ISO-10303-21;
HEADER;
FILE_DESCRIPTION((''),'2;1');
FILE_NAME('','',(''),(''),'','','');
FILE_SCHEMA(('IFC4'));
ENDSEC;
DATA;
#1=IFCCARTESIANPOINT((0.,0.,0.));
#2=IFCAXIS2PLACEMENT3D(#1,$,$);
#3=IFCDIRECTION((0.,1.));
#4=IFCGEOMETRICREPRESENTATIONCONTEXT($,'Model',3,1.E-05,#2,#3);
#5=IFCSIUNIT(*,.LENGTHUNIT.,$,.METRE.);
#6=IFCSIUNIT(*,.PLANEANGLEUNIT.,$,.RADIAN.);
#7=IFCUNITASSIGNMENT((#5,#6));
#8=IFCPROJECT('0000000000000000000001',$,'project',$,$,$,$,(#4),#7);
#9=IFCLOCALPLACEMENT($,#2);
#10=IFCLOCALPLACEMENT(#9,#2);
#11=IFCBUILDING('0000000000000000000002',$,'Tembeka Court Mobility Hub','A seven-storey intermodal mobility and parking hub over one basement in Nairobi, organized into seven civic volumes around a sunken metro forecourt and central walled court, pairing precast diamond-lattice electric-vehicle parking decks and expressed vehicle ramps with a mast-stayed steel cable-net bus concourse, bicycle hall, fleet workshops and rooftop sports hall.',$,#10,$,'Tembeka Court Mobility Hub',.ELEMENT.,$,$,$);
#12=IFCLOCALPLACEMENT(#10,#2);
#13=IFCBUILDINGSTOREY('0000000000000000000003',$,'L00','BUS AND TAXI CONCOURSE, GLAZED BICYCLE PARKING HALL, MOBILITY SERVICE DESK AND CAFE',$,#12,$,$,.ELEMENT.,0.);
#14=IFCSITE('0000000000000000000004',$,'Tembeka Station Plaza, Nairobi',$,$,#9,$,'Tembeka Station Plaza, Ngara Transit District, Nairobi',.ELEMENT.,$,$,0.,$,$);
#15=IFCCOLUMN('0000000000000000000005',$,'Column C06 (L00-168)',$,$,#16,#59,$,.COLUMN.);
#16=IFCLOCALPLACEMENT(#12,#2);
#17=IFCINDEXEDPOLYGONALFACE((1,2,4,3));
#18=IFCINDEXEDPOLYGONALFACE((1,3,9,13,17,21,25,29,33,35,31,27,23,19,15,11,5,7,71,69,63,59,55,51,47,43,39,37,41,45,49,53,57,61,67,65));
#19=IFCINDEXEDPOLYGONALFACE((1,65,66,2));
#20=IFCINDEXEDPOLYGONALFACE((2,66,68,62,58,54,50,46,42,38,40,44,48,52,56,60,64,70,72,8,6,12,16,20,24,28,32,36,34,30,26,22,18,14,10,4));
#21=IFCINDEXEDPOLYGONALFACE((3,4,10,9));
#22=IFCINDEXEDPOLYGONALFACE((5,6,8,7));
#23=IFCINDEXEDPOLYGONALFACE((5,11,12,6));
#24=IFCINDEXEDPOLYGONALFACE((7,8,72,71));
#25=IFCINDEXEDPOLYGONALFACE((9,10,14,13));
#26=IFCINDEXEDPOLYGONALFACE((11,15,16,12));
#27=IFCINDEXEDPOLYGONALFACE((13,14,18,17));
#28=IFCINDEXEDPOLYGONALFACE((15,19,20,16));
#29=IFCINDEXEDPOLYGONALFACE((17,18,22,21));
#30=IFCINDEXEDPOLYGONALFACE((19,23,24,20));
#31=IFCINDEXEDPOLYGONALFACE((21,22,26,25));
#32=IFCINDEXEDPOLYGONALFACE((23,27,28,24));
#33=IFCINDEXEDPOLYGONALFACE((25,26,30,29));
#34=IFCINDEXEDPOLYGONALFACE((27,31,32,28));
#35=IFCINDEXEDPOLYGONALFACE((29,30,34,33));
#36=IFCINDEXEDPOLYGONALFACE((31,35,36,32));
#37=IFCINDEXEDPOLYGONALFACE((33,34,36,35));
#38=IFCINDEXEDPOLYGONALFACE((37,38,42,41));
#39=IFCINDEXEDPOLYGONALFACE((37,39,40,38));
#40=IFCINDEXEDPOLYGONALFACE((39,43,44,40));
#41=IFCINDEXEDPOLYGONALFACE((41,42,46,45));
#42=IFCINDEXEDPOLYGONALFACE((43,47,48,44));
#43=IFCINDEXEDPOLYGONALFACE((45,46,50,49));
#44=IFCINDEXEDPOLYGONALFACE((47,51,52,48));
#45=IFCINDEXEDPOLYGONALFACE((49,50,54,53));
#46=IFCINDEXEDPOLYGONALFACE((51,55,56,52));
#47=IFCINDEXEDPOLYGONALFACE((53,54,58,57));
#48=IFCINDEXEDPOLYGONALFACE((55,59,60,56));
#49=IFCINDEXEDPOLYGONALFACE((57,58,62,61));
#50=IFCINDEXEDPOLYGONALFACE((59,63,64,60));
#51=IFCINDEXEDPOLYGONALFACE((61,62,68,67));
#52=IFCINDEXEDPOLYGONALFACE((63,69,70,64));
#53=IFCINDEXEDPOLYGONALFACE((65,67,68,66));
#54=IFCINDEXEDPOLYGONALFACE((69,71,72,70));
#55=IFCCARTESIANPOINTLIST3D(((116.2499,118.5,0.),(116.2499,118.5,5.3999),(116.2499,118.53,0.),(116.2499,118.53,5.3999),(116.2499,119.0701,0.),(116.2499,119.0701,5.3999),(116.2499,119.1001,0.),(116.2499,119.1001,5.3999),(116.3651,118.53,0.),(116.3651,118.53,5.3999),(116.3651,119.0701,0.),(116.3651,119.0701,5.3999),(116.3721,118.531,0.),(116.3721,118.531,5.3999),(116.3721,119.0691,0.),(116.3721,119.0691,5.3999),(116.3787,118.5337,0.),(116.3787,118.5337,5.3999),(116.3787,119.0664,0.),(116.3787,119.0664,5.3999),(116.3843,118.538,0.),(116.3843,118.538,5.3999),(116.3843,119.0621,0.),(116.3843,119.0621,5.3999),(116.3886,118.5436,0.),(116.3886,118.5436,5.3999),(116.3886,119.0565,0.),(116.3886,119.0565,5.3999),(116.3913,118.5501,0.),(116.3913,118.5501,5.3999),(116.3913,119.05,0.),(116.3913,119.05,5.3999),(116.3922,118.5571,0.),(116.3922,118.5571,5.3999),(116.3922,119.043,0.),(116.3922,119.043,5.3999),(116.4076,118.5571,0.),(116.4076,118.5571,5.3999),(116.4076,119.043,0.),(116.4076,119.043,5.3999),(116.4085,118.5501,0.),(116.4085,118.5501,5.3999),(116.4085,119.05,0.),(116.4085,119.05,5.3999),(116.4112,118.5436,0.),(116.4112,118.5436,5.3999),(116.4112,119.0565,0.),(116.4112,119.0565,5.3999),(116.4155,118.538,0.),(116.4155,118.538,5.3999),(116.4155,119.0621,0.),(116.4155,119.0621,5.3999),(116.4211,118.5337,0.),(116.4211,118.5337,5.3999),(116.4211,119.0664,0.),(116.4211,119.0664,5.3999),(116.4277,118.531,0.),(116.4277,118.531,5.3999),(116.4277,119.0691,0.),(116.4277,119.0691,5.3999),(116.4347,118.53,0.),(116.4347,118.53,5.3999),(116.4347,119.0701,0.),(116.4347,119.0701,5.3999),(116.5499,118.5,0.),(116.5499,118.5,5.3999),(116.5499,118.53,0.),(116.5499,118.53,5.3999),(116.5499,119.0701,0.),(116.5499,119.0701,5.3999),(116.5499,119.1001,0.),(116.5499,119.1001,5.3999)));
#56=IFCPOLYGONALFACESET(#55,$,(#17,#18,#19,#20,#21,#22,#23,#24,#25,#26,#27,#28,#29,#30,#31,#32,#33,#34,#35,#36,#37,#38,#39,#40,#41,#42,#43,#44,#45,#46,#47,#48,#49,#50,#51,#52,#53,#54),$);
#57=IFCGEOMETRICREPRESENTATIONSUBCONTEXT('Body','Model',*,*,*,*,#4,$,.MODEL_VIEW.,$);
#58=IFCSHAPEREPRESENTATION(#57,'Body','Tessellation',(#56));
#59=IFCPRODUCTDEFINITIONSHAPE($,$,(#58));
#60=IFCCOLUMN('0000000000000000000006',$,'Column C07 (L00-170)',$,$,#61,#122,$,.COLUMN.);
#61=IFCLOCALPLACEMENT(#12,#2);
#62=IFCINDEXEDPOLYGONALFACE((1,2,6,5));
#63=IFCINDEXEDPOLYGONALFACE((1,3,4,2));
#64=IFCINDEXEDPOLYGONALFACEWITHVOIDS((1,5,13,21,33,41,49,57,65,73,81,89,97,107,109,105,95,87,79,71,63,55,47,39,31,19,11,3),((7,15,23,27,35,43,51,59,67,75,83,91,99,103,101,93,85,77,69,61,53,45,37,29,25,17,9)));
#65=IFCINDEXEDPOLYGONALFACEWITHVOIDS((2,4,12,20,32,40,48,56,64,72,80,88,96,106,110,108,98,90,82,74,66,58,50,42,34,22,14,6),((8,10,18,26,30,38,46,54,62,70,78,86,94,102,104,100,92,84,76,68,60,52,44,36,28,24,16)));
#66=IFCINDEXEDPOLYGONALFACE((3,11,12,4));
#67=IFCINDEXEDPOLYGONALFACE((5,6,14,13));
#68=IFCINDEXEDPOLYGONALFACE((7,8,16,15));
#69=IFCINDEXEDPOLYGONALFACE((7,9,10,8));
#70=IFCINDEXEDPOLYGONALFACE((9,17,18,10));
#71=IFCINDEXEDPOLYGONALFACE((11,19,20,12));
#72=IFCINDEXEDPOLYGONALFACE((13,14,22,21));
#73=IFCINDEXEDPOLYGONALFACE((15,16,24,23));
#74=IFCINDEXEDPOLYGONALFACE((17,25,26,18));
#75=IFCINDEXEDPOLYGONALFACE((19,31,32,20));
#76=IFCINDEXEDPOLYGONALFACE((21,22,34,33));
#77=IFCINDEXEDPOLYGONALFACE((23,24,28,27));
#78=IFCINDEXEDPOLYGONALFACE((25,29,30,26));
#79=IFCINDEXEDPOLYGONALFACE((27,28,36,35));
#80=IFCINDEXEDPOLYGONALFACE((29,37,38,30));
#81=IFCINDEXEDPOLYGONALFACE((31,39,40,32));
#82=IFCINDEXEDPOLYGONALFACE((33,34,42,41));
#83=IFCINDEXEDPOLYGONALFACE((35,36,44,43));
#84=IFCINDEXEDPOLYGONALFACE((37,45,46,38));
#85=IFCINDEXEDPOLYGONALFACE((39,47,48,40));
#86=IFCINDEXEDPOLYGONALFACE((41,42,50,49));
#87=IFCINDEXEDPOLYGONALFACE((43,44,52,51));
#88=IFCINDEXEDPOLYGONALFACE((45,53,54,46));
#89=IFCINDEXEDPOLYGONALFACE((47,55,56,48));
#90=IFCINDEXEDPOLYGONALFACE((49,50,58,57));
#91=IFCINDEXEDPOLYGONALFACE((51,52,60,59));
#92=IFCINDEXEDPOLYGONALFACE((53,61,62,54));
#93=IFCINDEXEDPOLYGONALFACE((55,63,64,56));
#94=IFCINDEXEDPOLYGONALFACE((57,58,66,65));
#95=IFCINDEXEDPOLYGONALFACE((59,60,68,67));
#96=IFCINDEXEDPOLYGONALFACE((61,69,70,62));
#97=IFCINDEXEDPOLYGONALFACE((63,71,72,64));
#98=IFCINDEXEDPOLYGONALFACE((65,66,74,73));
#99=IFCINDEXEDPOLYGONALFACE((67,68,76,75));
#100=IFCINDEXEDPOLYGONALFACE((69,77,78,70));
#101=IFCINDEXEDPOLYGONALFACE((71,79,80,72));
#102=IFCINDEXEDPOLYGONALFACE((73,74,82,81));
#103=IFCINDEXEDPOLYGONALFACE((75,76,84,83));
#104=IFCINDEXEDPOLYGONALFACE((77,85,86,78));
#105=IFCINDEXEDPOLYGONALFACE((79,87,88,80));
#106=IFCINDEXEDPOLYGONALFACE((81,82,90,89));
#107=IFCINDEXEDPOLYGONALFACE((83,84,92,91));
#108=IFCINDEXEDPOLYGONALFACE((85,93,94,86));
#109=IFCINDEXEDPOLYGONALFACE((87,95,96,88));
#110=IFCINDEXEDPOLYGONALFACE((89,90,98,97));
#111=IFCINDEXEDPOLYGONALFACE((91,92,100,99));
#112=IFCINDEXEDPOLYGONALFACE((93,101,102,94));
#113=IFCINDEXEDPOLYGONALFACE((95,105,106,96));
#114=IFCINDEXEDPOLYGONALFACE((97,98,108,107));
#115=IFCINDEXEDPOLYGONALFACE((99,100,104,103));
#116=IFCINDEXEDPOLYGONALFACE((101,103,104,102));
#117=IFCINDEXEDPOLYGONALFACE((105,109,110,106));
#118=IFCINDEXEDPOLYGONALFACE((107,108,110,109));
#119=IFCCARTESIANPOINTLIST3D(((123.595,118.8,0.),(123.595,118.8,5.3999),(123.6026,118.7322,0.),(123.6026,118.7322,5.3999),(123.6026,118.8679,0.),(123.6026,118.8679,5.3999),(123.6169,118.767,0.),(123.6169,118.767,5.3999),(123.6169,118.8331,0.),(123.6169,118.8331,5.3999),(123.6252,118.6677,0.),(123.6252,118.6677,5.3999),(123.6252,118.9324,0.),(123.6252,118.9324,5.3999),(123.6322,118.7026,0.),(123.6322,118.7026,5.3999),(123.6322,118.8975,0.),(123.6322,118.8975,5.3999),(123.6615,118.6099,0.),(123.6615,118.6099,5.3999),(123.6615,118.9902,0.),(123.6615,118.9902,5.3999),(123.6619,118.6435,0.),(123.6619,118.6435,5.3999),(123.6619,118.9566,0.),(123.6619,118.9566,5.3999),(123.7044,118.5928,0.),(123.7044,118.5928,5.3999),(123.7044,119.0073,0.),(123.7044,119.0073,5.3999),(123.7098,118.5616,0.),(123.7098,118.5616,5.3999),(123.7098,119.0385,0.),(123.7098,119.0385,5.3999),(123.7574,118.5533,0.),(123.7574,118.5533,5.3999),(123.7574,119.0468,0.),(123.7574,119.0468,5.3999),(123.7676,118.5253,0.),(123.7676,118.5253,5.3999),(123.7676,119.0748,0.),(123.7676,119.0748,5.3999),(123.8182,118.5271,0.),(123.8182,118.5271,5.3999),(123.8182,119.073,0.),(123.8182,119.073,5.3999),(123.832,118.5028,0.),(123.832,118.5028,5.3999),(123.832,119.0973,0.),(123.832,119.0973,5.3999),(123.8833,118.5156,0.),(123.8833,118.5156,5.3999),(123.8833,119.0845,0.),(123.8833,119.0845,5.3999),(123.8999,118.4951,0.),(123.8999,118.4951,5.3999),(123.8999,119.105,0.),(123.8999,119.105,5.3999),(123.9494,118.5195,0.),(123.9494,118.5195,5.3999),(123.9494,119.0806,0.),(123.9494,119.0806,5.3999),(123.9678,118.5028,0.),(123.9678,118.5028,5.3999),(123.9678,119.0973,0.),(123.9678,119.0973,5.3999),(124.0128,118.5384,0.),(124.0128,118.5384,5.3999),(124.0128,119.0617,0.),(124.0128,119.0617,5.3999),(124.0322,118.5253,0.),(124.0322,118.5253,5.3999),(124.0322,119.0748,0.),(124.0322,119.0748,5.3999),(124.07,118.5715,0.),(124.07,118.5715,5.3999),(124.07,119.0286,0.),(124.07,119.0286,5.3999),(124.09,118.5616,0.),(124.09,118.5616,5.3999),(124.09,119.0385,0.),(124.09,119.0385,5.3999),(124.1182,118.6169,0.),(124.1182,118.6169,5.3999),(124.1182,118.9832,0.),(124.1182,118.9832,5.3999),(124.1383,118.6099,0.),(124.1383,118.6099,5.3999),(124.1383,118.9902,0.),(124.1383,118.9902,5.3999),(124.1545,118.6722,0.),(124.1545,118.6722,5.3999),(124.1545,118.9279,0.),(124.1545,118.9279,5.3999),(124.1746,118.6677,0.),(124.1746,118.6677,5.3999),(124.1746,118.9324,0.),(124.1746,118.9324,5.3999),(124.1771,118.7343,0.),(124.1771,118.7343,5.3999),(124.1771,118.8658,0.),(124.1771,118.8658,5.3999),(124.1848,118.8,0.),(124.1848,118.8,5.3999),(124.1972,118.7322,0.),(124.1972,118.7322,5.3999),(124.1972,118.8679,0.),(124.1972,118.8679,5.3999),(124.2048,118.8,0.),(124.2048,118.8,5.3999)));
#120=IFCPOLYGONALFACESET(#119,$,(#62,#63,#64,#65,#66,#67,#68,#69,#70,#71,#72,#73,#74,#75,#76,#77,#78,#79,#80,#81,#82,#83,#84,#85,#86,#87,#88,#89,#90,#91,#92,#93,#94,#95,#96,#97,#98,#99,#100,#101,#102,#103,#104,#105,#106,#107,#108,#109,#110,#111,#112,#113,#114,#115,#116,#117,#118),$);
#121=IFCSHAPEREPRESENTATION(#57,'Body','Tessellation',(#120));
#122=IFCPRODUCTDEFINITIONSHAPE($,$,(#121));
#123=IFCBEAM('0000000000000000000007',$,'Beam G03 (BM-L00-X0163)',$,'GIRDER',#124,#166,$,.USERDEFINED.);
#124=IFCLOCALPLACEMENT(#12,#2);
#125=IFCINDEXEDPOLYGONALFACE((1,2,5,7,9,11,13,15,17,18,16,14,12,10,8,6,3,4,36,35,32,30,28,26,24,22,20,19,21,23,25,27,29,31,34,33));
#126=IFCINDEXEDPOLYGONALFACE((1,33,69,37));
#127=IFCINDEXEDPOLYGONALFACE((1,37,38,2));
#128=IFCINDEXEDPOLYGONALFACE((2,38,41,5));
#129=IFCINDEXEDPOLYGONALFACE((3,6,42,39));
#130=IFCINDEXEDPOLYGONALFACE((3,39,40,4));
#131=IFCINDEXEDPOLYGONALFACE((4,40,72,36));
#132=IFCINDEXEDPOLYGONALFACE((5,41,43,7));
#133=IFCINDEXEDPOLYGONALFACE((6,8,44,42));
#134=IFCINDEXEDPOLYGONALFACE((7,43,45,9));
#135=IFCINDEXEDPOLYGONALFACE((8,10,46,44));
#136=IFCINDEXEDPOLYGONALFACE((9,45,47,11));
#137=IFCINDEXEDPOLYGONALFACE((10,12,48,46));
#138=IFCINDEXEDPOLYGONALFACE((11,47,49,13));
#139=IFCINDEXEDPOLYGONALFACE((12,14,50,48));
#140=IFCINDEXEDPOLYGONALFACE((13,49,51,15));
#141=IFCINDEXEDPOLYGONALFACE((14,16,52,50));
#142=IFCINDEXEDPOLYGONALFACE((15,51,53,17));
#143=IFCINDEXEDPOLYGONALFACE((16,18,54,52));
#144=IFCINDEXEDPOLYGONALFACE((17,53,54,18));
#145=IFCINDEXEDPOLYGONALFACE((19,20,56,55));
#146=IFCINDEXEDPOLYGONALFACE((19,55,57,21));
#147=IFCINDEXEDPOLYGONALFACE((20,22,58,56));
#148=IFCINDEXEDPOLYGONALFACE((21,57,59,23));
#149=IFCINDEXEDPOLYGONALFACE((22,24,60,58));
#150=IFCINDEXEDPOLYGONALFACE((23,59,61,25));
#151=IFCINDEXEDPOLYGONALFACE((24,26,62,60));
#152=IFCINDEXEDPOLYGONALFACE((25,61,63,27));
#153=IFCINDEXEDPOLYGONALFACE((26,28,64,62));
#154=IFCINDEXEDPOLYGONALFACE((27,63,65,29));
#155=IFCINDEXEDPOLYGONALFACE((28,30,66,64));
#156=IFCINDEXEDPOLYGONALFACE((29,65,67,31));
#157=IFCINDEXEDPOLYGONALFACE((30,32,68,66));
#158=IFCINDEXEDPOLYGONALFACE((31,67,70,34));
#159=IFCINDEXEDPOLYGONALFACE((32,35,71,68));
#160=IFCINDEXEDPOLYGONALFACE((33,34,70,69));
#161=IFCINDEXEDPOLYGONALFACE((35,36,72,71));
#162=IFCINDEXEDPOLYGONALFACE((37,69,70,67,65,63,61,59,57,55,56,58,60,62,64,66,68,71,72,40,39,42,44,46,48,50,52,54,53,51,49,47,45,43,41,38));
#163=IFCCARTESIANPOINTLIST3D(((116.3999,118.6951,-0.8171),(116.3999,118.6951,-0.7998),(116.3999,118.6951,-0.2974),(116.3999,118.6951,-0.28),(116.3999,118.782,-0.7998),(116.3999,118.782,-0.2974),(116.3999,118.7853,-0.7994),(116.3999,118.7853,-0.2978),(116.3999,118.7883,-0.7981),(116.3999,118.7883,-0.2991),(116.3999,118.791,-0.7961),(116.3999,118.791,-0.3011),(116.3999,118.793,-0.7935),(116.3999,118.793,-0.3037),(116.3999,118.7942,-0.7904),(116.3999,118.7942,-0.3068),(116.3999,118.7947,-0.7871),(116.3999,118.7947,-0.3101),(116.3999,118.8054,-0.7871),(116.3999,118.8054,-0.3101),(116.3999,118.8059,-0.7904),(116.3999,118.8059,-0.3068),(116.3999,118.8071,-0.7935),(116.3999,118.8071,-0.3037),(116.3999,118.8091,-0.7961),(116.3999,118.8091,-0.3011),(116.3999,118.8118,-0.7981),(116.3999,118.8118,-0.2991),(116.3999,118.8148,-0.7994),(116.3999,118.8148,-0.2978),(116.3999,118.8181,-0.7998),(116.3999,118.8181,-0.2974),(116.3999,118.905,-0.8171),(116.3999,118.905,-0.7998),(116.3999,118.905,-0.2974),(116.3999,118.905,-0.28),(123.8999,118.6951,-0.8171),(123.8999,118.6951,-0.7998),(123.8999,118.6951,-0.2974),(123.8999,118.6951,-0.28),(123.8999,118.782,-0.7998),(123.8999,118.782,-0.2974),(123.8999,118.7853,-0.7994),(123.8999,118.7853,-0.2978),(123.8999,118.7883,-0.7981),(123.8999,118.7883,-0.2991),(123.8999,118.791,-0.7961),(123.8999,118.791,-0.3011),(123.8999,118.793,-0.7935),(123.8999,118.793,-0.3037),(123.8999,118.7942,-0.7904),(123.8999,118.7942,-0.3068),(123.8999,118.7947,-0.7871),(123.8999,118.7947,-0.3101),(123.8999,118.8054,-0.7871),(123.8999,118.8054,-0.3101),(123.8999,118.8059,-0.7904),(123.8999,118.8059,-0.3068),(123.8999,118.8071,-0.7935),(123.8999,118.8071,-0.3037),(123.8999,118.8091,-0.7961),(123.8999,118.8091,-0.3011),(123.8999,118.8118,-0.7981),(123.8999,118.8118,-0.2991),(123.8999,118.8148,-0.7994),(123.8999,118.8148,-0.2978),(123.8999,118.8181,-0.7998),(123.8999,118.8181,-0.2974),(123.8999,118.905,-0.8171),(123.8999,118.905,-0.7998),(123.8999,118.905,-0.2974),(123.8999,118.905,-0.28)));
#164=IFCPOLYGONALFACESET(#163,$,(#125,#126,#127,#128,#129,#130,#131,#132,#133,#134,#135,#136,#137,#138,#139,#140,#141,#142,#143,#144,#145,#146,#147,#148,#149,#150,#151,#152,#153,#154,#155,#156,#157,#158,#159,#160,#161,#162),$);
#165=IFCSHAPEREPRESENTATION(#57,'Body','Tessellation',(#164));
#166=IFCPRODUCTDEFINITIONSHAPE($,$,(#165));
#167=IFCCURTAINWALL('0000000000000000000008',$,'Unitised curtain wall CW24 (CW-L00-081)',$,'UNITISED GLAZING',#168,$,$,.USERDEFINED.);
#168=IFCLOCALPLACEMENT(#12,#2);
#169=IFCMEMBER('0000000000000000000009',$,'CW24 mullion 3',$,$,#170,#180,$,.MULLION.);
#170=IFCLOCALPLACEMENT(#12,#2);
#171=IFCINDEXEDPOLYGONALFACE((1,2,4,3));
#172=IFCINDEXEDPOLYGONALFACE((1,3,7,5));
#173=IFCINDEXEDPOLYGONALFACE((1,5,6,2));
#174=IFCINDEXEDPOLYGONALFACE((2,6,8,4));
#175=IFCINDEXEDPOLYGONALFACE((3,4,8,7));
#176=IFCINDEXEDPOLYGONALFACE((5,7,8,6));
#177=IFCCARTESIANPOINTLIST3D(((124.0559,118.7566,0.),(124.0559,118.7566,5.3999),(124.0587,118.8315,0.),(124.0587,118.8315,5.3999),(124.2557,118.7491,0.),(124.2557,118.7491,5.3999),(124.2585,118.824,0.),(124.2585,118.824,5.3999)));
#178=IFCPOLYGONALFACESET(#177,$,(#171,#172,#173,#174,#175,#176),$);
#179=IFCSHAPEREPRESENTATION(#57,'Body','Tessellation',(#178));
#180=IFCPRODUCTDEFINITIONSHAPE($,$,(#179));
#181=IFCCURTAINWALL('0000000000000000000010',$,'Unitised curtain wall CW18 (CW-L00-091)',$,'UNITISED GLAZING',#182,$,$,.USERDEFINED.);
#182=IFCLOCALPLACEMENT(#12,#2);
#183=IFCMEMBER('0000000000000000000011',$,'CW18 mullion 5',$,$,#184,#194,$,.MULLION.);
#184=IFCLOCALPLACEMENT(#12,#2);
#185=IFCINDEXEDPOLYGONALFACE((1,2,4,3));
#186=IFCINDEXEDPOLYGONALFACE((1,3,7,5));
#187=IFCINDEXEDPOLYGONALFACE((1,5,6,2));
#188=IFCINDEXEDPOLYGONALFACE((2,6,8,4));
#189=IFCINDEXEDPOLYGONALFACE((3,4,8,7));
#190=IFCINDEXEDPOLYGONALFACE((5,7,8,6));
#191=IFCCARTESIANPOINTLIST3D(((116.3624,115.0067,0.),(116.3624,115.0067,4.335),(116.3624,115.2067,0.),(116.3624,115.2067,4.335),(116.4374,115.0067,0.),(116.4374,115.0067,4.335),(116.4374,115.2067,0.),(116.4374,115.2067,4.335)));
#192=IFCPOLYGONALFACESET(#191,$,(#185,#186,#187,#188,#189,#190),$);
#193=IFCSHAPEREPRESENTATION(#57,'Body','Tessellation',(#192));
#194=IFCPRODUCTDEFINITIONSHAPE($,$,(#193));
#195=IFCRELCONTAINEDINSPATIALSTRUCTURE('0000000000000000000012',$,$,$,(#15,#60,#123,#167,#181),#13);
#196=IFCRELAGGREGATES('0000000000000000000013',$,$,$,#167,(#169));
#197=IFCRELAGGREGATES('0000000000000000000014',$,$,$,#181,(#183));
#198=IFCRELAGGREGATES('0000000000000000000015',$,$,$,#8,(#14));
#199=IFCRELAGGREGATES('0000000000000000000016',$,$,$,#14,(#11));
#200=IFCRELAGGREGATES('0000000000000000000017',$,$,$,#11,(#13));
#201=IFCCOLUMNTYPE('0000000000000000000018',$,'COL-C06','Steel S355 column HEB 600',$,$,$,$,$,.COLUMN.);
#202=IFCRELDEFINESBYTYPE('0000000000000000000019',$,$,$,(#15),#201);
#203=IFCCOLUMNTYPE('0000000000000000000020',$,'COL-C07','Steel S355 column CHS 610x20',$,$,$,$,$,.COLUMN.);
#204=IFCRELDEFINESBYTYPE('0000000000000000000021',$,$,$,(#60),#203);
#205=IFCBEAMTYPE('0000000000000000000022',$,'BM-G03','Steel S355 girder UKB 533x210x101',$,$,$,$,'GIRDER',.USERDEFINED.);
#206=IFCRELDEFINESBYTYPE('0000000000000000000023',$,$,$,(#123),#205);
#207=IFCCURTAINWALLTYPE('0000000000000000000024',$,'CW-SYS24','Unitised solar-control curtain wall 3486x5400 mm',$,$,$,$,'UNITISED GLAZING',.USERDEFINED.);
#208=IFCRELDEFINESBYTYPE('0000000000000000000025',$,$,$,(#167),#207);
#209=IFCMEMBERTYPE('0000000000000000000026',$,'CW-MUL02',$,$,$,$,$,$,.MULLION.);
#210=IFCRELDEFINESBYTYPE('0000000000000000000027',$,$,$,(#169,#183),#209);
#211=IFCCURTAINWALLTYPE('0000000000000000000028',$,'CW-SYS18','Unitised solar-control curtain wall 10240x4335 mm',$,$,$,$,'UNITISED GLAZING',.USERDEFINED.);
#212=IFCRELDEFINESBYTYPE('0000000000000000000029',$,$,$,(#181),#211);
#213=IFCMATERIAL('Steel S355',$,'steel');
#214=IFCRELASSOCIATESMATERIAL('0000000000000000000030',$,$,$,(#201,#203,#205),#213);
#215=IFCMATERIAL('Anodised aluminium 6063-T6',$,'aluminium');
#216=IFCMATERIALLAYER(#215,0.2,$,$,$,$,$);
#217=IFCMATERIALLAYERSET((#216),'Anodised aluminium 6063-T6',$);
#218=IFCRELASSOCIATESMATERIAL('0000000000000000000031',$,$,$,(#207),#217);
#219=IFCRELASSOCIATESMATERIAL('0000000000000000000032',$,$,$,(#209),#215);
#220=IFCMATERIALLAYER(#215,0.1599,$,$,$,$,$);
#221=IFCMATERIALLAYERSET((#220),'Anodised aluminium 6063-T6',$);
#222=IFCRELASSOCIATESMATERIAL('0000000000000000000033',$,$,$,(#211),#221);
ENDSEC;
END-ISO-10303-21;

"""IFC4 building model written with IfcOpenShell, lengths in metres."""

from ifc_helpers import new_model, si_unit, direction, frame, origin, origin_2d, place, context, subcontext, project, spatial, rectangle, hollow_circle, i_section, extrude, material, layer, layer_set, material_profile, profile_set, type_object, element, aggregate, save


model = new_model("IFC4")

# Units and contexts
model_context = context("Model", 3, precision=1e-05, world=origin(), true_north=direction((0.0, 1.0)))
body_context = subcontext(model_context, "Body", "Model", "MODEL_VIEW")
ifc_project = project(units=[si_unit("LENGTHUNIT", "METRE"), si_unit("PLANEANGLEUNIT", "RADIAN")], contexts=[model_context])

# Site, building, storey
site_placement = place(None, origin())
site = spatial("IfcSite", under=ifc_project, at=site_placement, Name="Tembeka Station Plaza, Nairobi", LongName="Tembeka Station Plaza, Ngara Transit District, Nairobi", CompositionType="ELEMENT", RefElevation=0.0)
building_placement = place(site_placement, origin())
building = spatial("IfcBuilding", under=site, at=building_placement, Name="Tembeka Court Mobility Hub", Description="A seven-storey intermodal mobility and parking hub over one basement in Nairobi, organized into seven civic volumes around a sunken metro forecourt and central walled court, pairing precast diamond-lattice electric-vehicle parking decks and expressed vehicle ramps with a mast-stayed steel cable-net bus concourse, bicycle hall, fleet workshops and rooftop sports hall.", LongName="Tembeka Court Mobility Hub", CompositionType="ELEMENT")
storey_placement = place(building_placement, origin())
storey = spatial("IfcBuildingStorey", under=building, at=storey_placement, Name="L00", Description="BUS AND TAXI CONCOURSE, GLAZED BICYCLE PARKING HALL, MOBILITY SERVICE DESK AND CAFE", CompositionType="ELEMENT", Elevation=0.0)

# Columns
ifc_material_1 = material(Name="Steel S355", Category="steel")
ifc_material_profile_1 = material_profile(ifc_material_1, i_section(OverallWidth=0.3, OverallDepth=0.6001, WebThickness=0.0154, FlangeThickness=0.03, FilletRadius=0.0271, at=origin_2d()), Name="HEB 600")
ifc_profile_set_1 = profile_set([ifc_material_profile_1], Name="Steel S355")
column_type_1 = type_object("IfcColumnType", Name="COL-C06", Description="Steel S355 column HEB 600", PredefinedType="COLUMN", material=ifc_profile_set_1)
column_1_placement = place(storey_placement, frame((116.3999, 118.8, 0.0), z_axis=(0.0, 0.0, 1.0), x_axis=(1.0, 0.0, 0.0)))
element("IfcColumn", 1, at=column_1_placement, inside=storey, type_object=column_type_1, Name="Column C06 (L00-168)", PredefinedType="COLUMN", context=body_context, shape_type="SweptSolid", body=[
    extrude(i_section(OverallWidth=0.3, OverallDepth=0.6001, WebThickness=0.0154, FlangeThickness=0.03, FilletRadius=0.0271, at=origin_2d()), origin(), (0.0, 0.0, 1.0), 5.3999),
])
ifc_material_profile_2 = material_profile(ifc_material_1, hollow_circle(Radius=0.3049, WallThickness=0.02, at=origin_2d()), Name="CHS 610x20")
ifc_profile_set_2 = profile_set([ifc_material_profile_2], Name="Steel S355")
column_type_2 = type_object("IfcColumnType", Name="COL-C07", Description="Steel S355 column CHS 610x20", PredefinedType="COLUMN", material=ifc_profile_set_2)
column_2_placement = place(storey_placement, frame((123.8999, 118.8, 0.0), z_axis=(0.0, 0.0, 1.0), x_axis=(1.0, 0.0, 0.0)))
element("IfcColumn", 2, at=column_2_placement, inside=storey, type_object=column_type_2, Name="Column C07 (L00-170)", PredefinedType="COLUMN", context=body_context, shape_type="SweptSolid", body=[
    extrude(hollow_circle(Radius=0.3049, WallThickness=0.02, at=origin_2d()), origin(), (0.0, 0.0, 1.0), 5.3999),
])

# Beam
ifc_material_profile_3 = material_profile(ifc_material_1, i_section(OverallWidth=0.21, OverallDepth=0.5371, WebThickness=0.0107, FlangeThickness=0.0173, FilletRadius=0.0127, at=origin_2d()), Name="UKB 533x210x101")
ifc_profile_set_3 = profile_set([ifc_material_profile_3], Name="Steel S355")
beam_type = type_object("IfcBeamType", Name="BM-G03", Description="Steel S355 girder UKB 533x210x101", ElementType="GIRDER", PredefinedType="USERDEFINED", material=ifc_profile_set_3)
beam_placement = place(storey_placement, frame((116.3999, 118.8, -0.5486), z_axis=(1.0, 0.0, 0.0), x_axis=(0.0, 1.0, 0.0)))
element("IfcBeam", 3, at=beam_placement, inside=storey, type_object=beam_type, Name="Beam G03 (BM-L00-X0163)", ObjectType="GIRDER", PredefinedType="USERDEFINED", context=body_context, shape_type="SweptSolid", body=[
    extrude(i_section(OverallWidth=0.21, OverallDepth=0.5371, WebThickness=0.0107, FlangeThickness=0.0173, FilletRadius=0.0127, at=origin_2d()), origin(), (0.0, 0.0, 1.0), 7.5),
])

# Curtain wall, member
ifc_material_2 = material(Name="Anodised aluminium 6063-T6", Category="aluminium")
ifc_layer_1 = layer(ifc_material_2, 0.2)
ifc_layer_set_1 = layer_set([ifc_layer_1], Name="Anodised aluminium 6063-T6")
curtain_wall_type_1 = type_object("IfcCurtainWallType", Name="CW-SYS24", Description="Unitised solar-control curtain wall 3486x5400 mm", ElementType="UNITISED GLAZING", PredefinedType="USERDEFINED", material=ifc_layer_set_1)
curtain_wall_1_placement = place(storey_placement, origin())
curtain_wall_1 = element("IfcCurtainWall", 4, at=curtain_wall_1_placement, inside=storey, type_object=curtain_wall_type_1, Name="Unitised curtain wall CW24 (CW-L00-081)", ObjectType="UNITISED GLAZING", PredefinedType="USERDEFINED")
ifc_material_profile_4 = material_profile(ifc_material_2, rectangle(XDim=0.075, YDim=0.2, at=origin_2d()), Name="ALU-MUL 75x200")
ifc_profile_set_4 = profile_set([ifc_material_profile_4], Name="Anodised aluminium 6063-T6")
member_type_1 = type_object("IfcMemberType", Name="CW-MUL02", PredefinedType="MULLION", material=ifc_profile_set_4)
member_1_placement = place(storey_placement, frame((124.1572, 118.7903, 0.0), z_axis=(0.0, 0.0, 1.0), x_axis=(-0.037405, -0.9993, 0.0)))
member_1 = element("IfcMember", 5, at=member_1_placement, type_object=member_type_1, Name="CW24 mullion 3", PredefinedType="MULLION", context=body_context, shape_type="SweptSolid", body=[
    extrude(rectangle(XDim=0.075, YDim=0.2, at=origin_2d()), origin(), (0.0, 0.0, 1.0), 5.3999),
])

# Curtain wall, member
ifc_layer_2 = layer(ifc_material_2, 0.1599)
ifc_layer_set_2 = layer_set([ifc_layer_2], Name="Anodised aluminium 6063-T6")
curtain_wall_type_2 = type_object("IfcCurtainWallType", Name="CW-SYS18", Description="Unitised solar-control curtain wall 10240x4335 mm", ElementType="UNITISED GLAZING", PredefinedType="USERDEFINED", material=ifc_layer_set_2)
curtain_wall_2_placement = place(storey_placement, origin())
curtain_wall_2 = element("IfcCurtainWall", 6, at=curtain_wall_2_placement, inside=storey, type_object=curtain_wall_type_2, Name="Unitised curtain wall CW18 (CW-L00-091)", ObjectType="UNITISED GLAZING", PredefinedType="USERDEFINED")
member_2_placement = place(storey_placement, frame((116.3999, 115.1067, 0.0), z_axis=(0.0, 0.0, 1.0), x_axis=(-1.0, 0.0, 0.0)))
member_2 = element("IfcMember", 7, at=member_2_placement, type_object=member_type_1, Name="CW18 mullion 5", PredefinedType="MULLION", context=body_context, shape_type="SweptSolid", body=[
    extrude(rectangle(XDim=0.075, YDim=0.2, at=origin_2d()), origin(), (0.0, 0.0, 1.0), 4.335),
])

aggregate(curtain_wall_1, [member_1])
aggregate(curtain_wall_2, [member_2])

save(model, "model.ifc")
